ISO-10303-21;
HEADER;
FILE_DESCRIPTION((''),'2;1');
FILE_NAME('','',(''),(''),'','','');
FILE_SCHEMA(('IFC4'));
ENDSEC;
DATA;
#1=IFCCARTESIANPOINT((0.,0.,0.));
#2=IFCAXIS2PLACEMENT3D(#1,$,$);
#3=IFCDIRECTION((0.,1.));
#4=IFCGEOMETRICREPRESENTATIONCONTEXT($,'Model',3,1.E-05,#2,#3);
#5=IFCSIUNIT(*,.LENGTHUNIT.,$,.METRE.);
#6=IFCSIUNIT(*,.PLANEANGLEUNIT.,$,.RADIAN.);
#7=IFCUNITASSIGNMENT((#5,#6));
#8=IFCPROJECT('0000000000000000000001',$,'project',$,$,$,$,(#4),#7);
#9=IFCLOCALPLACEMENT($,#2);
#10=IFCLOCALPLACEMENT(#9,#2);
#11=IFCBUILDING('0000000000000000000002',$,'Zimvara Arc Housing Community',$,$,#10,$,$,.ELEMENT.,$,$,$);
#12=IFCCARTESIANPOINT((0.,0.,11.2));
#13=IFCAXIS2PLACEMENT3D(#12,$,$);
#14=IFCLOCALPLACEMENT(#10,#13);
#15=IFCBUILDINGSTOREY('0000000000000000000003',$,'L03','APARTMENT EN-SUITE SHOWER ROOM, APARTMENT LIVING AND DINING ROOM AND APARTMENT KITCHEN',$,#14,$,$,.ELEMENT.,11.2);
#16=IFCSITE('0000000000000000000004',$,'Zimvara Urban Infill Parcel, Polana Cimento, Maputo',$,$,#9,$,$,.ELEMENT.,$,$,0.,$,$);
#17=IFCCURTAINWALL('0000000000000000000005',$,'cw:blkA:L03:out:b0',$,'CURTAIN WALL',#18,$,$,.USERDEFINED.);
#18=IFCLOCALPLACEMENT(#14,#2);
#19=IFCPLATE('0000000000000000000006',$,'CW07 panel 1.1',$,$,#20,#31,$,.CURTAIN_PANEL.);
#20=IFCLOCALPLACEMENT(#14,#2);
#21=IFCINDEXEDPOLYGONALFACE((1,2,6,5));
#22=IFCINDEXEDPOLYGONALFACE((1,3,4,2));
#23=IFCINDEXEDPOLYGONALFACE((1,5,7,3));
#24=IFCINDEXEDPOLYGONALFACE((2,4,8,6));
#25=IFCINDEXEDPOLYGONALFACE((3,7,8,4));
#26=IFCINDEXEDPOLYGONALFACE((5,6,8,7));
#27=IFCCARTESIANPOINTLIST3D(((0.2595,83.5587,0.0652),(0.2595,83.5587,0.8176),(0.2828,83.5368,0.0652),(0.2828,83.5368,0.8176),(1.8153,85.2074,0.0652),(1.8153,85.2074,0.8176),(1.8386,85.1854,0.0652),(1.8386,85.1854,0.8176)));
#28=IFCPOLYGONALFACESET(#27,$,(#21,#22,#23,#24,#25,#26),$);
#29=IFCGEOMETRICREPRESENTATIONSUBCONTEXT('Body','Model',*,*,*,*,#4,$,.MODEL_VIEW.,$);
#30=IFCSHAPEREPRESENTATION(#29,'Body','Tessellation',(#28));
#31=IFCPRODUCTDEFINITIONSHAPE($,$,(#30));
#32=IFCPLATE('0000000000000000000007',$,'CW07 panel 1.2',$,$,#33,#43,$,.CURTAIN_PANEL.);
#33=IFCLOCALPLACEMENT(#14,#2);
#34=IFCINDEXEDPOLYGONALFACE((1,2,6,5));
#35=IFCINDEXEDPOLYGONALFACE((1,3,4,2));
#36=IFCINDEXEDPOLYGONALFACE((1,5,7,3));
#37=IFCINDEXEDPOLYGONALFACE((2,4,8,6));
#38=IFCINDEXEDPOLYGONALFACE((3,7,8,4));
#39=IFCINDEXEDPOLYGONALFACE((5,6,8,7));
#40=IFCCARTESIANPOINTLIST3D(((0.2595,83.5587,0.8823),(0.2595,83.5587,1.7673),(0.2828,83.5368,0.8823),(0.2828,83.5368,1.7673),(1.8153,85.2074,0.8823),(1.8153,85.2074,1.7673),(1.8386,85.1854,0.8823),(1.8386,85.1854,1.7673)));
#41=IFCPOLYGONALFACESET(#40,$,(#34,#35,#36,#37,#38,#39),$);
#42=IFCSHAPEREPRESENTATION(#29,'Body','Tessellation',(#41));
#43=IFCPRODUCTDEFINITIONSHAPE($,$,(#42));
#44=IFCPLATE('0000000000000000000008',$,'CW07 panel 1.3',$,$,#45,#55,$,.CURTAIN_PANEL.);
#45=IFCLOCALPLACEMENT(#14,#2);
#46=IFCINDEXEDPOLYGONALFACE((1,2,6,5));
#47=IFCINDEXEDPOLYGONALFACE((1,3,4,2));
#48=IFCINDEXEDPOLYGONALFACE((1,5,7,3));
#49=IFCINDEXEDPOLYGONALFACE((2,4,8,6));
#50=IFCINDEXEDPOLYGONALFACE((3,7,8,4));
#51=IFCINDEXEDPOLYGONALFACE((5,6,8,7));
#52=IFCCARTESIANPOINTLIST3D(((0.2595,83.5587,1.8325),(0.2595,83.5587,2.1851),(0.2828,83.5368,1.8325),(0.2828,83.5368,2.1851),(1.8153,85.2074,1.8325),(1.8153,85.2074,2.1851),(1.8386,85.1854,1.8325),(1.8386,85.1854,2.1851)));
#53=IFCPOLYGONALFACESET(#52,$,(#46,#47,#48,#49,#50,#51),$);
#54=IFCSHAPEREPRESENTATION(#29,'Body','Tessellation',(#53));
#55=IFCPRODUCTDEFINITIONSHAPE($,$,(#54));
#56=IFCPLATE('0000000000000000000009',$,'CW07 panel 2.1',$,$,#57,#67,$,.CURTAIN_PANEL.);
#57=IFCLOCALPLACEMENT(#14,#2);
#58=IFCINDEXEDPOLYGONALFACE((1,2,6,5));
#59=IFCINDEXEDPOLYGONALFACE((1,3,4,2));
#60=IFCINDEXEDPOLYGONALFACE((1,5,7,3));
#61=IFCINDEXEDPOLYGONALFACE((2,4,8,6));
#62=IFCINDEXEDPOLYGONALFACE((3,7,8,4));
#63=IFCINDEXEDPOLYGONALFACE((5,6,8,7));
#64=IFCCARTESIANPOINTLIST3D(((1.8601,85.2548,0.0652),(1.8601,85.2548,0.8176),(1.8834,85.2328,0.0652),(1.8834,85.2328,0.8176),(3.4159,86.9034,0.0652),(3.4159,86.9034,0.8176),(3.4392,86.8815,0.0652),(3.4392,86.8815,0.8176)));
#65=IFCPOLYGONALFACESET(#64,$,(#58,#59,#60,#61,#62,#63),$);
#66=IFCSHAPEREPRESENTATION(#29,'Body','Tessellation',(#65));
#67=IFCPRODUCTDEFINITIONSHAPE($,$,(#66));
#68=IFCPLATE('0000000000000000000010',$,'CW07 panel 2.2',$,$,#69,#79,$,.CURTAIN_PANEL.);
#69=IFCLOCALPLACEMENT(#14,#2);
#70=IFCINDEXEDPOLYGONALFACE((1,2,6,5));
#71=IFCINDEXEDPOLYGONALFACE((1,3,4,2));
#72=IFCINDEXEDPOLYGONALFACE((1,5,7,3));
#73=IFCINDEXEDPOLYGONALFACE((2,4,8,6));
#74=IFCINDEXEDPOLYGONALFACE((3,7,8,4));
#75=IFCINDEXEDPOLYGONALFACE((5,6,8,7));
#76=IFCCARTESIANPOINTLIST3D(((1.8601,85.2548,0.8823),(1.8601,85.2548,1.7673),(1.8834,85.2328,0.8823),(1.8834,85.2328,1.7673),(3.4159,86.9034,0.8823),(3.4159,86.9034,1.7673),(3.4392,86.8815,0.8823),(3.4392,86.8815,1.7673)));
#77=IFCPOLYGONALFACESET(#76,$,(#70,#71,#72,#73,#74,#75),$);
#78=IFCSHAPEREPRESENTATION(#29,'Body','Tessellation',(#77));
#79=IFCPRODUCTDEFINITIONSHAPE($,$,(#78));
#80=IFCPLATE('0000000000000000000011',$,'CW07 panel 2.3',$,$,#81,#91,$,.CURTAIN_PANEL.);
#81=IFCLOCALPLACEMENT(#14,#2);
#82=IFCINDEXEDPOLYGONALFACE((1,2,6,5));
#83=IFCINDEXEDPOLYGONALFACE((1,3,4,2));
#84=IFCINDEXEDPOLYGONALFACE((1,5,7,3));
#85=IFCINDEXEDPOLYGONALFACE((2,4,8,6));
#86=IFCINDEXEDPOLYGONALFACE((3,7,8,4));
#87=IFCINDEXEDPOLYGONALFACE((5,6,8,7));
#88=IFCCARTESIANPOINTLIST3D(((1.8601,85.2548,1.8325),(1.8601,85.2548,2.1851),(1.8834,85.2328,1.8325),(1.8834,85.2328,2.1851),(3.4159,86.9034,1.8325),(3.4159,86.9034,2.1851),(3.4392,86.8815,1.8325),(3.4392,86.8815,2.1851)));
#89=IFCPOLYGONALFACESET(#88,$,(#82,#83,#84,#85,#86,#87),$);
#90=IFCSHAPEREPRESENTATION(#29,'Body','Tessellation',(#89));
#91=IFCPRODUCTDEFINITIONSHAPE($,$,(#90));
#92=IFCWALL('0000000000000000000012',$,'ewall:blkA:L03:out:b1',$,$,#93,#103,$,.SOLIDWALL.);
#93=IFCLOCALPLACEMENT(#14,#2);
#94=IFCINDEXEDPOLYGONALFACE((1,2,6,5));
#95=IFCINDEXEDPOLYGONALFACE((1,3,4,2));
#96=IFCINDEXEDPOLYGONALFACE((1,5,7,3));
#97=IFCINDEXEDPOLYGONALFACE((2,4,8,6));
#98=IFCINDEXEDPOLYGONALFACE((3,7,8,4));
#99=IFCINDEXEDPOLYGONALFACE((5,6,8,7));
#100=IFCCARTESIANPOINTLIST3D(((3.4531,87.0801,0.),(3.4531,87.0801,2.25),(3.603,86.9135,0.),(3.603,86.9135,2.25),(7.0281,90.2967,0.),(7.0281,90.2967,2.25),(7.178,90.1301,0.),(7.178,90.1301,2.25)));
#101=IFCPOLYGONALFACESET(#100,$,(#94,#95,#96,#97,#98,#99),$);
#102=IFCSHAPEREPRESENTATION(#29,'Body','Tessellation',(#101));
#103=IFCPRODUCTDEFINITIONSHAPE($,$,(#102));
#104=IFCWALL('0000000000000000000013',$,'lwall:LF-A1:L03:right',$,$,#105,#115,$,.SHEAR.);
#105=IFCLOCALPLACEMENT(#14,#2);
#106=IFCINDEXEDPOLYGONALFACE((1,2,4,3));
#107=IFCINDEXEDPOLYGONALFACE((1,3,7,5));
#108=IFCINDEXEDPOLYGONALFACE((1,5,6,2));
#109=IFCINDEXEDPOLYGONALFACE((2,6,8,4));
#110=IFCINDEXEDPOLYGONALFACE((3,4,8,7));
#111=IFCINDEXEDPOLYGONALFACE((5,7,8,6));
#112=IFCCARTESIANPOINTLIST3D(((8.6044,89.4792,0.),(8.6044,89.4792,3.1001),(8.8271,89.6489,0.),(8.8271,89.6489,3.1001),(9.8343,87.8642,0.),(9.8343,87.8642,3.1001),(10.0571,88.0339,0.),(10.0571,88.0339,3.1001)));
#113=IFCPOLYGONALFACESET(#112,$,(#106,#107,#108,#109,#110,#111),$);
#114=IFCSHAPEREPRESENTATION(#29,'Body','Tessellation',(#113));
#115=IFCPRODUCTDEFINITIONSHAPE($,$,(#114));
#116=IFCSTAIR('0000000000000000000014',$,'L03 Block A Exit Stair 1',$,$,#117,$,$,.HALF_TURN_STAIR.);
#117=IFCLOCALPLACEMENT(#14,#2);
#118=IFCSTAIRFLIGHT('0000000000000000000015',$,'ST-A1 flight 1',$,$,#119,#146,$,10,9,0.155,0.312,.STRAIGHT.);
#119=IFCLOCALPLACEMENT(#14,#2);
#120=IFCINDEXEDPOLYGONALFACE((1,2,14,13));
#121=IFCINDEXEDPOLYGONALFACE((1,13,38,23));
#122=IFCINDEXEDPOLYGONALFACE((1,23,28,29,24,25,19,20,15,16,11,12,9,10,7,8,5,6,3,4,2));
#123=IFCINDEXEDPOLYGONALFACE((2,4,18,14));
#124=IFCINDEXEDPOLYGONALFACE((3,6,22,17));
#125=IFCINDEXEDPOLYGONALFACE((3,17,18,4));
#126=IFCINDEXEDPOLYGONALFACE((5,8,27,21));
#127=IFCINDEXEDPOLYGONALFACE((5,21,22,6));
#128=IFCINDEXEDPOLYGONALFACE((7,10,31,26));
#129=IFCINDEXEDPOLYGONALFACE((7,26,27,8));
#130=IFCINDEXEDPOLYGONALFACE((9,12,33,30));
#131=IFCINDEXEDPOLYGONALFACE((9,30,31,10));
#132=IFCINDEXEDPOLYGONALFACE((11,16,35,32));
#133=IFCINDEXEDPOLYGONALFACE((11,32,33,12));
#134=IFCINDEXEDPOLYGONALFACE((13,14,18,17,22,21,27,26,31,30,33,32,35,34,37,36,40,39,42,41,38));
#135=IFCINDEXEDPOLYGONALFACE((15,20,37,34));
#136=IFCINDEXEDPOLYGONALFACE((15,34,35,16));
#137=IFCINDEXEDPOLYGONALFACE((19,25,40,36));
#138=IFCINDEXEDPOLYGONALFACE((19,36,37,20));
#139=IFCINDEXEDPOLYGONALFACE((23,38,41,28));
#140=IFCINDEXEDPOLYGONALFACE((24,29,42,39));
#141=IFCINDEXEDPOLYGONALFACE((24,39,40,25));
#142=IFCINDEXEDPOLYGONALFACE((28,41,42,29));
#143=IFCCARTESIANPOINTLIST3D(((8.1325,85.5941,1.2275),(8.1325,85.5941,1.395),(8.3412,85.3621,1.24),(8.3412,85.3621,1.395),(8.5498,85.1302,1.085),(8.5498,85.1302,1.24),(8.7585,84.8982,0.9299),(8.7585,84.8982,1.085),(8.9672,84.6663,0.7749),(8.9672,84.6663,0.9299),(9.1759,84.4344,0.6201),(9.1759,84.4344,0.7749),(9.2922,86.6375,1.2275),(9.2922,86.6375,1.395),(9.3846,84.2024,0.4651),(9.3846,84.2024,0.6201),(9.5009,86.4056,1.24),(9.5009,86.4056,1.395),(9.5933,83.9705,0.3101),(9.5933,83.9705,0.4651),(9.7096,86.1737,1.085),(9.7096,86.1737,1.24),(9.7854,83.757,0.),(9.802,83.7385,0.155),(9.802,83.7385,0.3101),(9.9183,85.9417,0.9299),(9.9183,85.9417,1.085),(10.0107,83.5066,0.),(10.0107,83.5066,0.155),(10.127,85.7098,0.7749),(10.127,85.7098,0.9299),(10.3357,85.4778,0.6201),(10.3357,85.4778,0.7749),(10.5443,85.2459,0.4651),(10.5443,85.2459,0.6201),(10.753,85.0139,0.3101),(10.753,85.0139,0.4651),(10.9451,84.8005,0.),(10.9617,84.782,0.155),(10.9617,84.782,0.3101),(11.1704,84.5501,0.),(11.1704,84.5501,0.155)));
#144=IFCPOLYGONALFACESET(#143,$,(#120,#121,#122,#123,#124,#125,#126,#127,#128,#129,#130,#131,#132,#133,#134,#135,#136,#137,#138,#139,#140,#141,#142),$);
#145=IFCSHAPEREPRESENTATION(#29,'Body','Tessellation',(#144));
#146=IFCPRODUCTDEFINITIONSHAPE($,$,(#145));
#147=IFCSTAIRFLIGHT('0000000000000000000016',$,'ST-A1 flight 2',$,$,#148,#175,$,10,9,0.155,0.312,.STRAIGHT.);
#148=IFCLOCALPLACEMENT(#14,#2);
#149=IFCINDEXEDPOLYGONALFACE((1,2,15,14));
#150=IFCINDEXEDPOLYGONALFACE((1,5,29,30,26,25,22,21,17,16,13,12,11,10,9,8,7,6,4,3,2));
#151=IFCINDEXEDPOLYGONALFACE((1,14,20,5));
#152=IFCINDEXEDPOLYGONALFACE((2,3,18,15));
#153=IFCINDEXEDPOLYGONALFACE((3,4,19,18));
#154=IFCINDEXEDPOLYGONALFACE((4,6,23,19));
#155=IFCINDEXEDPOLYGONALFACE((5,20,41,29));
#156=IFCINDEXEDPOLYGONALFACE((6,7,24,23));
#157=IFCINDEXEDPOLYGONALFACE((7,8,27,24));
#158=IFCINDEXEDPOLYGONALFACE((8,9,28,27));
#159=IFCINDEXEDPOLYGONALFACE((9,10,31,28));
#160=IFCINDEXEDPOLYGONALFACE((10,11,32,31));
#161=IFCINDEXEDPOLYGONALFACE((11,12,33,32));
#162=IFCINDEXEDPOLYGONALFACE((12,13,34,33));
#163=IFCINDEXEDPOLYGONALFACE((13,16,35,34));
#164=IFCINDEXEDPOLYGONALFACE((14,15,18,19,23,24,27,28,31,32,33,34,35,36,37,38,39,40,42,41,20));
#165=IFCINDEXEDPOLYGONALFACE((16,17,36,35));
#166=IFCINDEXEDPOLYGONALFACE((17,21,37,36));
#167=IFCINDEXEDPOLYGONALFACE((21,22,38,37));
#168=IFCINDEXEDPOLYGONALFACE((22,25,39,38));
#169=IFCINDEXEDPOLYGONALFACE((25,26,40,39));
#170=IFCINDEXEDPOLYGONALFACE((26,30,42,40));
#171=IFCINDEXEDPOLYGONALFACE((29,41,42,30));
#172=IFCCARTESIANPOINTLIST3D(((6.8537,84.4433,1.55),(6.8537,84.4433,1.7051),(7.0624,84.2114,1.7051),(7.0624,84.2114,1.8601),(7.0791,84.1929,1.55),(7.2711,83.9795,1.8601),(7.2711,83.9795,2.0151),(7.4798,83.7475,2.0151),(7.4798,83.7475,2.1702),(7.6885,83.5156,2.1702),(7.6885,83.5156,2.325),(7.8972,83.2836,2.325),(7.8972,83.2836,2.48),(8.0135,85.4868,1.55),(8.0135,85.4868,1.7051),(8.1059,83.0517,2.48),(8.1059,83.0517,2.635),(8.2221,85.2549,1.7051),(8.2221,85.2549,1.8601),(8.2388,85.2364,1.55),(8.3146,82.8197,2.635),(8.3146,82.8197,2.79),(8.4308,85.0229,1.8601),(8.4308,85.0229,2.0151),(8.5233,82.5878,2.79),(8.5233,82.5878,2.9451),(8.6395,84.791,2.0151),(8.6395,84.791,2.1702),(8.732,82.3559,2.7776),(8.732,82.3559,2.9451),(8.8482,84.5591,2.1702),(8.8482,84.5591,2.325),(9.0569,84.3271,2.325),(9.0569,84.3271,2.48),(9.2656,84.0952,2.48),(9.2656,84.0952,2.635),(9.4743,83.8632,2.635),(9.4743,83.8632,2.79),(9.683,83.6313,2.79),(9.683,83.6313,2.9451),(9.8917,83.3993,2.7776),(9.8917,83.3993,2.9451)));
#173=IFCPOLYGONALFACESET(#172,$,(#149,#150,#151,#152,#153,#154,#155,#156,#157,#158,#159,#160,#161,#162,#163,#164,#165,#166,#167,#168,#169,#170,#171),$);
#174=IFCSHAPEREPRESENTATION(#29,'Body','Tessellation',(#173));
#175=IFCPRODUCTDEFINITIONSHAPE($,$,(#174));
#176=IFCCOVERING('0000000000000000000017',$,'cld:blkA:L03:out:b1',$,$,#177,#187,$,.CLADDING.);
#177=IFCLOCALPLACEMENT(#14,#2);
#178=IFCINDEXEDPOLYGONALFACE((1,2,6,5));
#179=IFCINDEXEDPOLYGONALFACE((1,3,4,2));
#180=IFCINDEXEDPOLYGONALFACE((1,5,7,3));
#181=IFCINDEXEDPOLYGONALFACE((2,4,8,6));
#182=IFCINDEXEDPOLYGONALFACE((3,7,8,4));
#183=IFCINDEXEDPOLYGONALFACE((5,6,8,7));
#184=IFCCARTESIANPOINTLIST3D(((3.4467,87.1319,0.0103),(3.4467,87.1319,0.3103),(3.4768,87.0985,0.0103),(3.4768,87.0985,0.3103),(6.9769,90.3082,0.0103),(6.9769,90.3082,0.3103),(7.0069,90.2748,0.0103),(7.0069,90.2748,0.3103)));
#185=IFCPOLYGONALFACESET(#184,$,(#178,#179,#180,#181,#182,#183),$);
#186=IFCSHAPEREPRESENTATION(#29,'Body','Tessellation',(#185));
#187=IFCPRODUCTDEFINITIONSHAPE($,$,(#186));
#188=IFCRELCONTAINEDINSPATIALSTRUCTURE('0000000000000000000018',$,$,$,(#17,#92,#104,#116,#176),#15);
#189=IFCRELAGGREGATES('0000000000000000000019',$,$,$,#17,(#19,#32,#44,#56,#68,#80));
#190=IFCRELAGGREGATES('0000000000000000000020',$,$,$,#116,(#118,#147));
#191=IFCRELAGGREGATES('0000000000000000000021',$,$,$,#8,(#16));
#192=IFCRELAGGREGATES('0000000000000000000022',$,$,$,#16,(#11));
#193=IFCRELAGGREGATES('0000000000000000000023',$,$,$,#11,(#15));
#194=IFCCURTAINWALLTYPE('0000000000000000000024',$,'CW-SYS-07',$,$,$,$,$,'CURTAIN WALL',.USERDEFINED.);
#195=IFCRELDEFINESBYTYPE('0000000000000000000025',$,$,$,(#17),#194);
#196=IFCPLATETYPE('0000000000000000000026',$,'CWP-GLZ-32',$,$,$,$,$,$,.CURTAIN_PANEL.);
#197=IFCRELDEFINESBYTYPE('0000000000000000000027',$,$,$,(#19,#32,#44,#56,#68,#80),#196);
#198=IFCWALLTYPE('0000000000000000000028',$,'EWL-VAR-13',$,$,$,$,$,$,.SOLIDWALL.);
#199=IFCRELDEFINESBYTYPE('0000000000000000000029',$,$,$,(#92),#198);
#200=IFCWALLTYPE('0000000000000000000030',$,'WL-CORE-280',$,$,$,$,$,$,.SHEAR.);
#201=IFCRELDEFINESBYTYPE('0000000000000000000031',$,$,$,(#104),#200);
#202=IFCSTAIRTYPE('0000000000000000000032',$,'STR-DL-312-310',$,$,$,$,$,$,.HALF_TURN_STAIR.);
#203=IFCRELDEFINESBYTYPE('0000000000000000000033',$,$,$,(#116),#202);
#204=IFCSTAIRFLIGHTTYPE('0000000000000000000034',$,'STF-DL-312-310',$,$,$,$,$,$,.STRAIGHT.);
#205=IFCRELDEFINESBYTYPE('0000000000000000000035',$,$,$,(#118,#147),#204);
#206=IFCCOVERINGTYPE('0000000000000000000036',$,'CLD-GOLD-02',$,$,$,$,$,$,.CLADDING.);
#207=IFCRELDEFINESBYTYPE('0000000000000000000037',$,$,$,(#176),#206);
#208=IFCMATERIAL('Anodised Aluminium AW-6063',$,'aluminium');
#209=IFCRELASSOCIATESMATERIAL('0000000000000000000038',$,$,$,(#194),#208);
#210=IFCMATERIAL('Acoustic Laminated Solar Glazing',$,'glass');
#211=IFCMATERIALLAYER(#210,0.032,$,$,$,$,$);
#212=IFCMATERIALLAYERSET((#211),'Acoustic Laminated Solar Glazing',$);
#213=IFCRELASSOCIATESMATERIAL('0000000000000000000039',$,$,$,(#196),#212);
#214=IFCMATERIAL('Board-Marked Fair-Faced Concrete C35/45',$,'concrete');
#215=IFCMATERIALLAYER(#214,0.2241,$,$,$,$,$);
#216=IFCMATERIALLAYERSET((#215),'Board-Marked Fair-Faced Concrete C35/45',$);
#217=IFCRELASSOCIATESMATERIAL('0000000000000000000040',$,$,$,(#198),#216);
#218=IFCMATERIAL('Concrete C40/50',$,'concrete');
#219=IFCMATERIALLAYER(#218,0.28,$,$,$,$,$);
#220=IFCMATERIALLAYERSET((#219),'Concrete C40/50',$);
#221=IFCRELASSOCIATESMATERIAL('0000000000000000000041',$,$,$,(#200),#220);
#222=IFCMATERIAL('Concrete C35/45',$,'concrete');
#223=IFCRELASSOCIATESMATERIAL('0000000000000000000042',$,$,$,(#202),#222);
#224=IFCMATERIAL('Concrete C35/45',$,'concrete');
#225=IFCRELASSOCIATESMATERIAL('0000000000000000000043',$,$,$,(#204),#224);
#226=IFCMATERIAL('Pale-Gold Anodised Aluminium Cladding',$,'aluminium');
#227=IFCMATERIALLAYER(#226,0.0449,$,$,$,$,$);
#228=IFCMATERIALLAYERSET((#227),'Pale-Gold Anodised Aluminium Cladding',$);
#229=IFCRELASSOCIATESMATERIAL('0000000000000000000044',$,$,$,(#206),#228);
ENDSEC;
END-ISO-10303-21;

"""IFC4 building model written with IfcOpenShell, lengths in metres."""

from ifc_helpers import new_model, si_unit, direction, frame, frame_2d, origin, origin_2d, place, context, subcontext, project, spatial, polyline, rectangle, outline, extrude, material, layer, layer_set, type_object, element, aggregate, save


model = new_model("IFC4")

# Units and contexts
model_context = context("Model", 3, precision=1e-05, world=origin(), true_north=direction((0.0, 1.0)))
body_context = subcontext(model_context, "Body", "Model", "MODEL_VIEW")
ifc_project = project(units=[si_unit("LENGTHUNIT", "METRE"), si_unit("PLANEANGLEUNIT", "RADIAN")], contexts=[model_context])

# Site, building, storey
site_placement = place(None, origin())
site = spatial("IfcSite", under=ifc_project, at=site_placement, Name="Zimvara Urban Infill Parcel, Polana Cimento, Maputo", CompositionType="ELEMENT", RefElevation=0.0)
building_placement = place(site_placement, origin())
building = spatial("IfcBuilding", under=site, at=building_placement, Name="Zimvara Arc Housing Community", CompositionType="ELEMENT")
storey_placement = place(building_placement, frame((0.0, 0.0, 11.2)))
storey = spatial("IfcBuildingStorey", under=building, at=storey_placement, Name="L03", Description="APARTMENT EN-SUITE SHOWER ROOM, APARTMENT LIVING AND DINING ROOM AND APARTMENT KITCHEN", CompositionType="ELEMENT", Elevation=11.2)

# Curtain wall, plates
ifc_material_1 = material(Name="Anodised Aluminium AW-6063", Category="aluminium")
curtain_wall_type = type_object("IfcCurtainWallType", Name="CW-SYS-07", ElementType="CURTAIN WALL", PredefinedType="USERDEFINED", material=ifc_material_1)
curtain_wall_placement = place(storey_placement, origin())
curtain_wall = element("IfcCurtainWall", 1, at=curtain_wall_placement, inside=storey, type_object=curtain_wall_type, Name="cw:blkA:L03:out:b0", ObjectType="CURTAIN WALL", PredefinedType="USERDEFINED")
ifc_material_2 = material(Name="Acoustic Laminated Solar Glazing", Category="glass")
ifc_layer_1 = layer(ifc_material_2, 0.032)
ifc_layer_set_1 = layer_set([ifc_layer_1], Name="Acoustic Laminated Solar Glazing")
plate_type = type_object("IfcPlateType", Name="CWP-GLZ-32", PredefinedType="CURTAIN_PANEL", material=ifc_layer_set_1)
plate_1_placement = place(storey_placement, frame((1.0491, 84.3721, 0.0652), z_axis=(0.0, 0.0, 1.0), x_axis=(0.686326, 0.727294, 0.0)))
plate_1 = element("IfcPlate", 2, at=plate_1_placement, type_object=plate_type, Name="CW07 panel 1.1", PredefinedType="CURTAIN_PANEL", context=body_context, shape_type="SweptSolid", body=[
    extrude(rectangle(XDim=2.2668, YDim=0.032, at=origin_2d()), origin(), (0.0, 0.0, 1.0), 0.7524),
])
plate_2_placement = place(storey_placement, frame((1.0491, 84.3721, 0.8823), z_axis=(0.0, 0.0, 1.0), x_axis=(0.686326, 0.727294, 0.0)))
plate_2 = element("IfcPlate", 3, at=plate_2_placement, type_object=plate_type, Name="CW07 panel 1.2", PredefinedType="CURTAIN_PANEL", context=body_context, shape_type="SweptSolid", body=[
    extrude(rectangle(XDim=2.2668, YDim=0.032, at=origin_2d()), origin(), (0.0, 0.0, 1.0), 0.885),
])
plate_3_placement = place(storey_placement, frame((1.0491, 84.3721, 1.8325), z_axis=(0.0, 0.0, 1.0), x_axis=(0.686326, 0.727294, 0.0)))
plate_3 = element("IfcPlate", 4, at=plate_3_placement, type_object=plate_type, Name="CW07 panel 1.3", PredefinedType="CURTAIN_PANEL", context=body_context, shape_type="SweptSolid", body=[
    extrude(rectangle(XDim=2.2668, YDim=0.032, at=origin_2d()), origin(), (0.0, 0.0, 1.0), 0.3525),
])
plate_4_placement = place(storey_placement, frame((2.6497, 86.0681, 0.0652), z_axis=(0.0, 0.0, 1.0), x_axis=(0.686326, 0.727294, 0.0)))
plate_4 = element("IfcPlate", 5, at=plate_4_placement, type_object=plate_type, Name="CW07 panel 2.1", PredefinedType="CURTAIN_PANEL", context=body_context, shape_type="SweptSolid", body=[
    extrude(rectangle(XDim=2.2668, YDim=0.032, at=origin_2d()), origin(), (0.0, 0.0, 1.0), 0.7524),
])
plate_5_placement = place(storey_placement, frame((2.6497, 86.0681, 0.8823), z_axis=(0.0, 0.0, 1.0), x_axis=(0.686326, 0.727294, 0.0)))
plate_5 = element("IfcPlate", 6, at=plate_5_placement, type_object=plate_type, Name="CW07 panel 2.2", PredefinedType="CURTAIN_PANEL", context=body_context, shape_type="SweptSolid", body=[
    extrude(rectangle(XDim=2.2668, YDim=0.032, at=origin_2d()), origin(), (0.0, 0.0, 1.0), 0.885),
])
plate_6_placement = place(storey_placement, frame((2.6497, 86.0681, 1.8325), z_axis=(0.0, 0.0, 1.0), x_axis=(0.686326, 0.727294, 0.0)))
plate_6 = element("IfcPlate", 7, at=plate_6_placement, type_object=plate_type, Name="CW07 panel 2.3", PredefinedType="CURTAIN_PANEL", context=body_context, shape_type="SweptSolid", body=[
    extrude(rectangle(XDim=2.2668, YDim=0.032, at=origin_2d()), origin(), (0.0, 0.0, 1.0), 0.3525),
])
aggregate(curtain_wall, [plate_1, plate_2, plate_3, plate_4, plate_5, plate_6])

# Walls
ifc_material_3 = material(Name="Board-Marked Fair-Faced Concrete C35/45", Category="concrete")
ifc_layer_2 = layer(ifc_material_3, 0.2241)
ifc_layer_set_2 = layer_set([ifc_layer_2], Name="Board-Marked Fair-Faced Concrete C35/45")
wall_type_1 = type_object("IfcWallType", Name="EWL-VAR-13", PredefinedType="SOLIDWALL", material=ifc_layer_set_2)
wall_1_placement = place(storey_placement, frame((3.5281, 86.9968, 0.0), z_axis=(0.0, 0.0, 1.0), x_axis=(0.743388, 0.668861, 0.0)))
element("IfcWall", 8, at=wall_1_placement, inside=storey, type_object=wall_type_1, Name="ewall:blkA:L03:out:b1", PredefinedType="SOLIDWALL", context=body_context, shape_type="SweptSolid", body=[
    extrude(rectangle(XDim=4.8091, YDim=0.2241, at=frame_2d((2.4045, 0.0))), origin(), (0.0, 0.0, 1.0), 2.25),
])
ifc_material_4 = material(Name="Concrete C40/50", Category="concrete")
ifc_layer_3 = layer(ifc_material_4, 0.28)
ifc_layer_set_3 = layer_set([ifc_layer_3], Name="Concrete C40/50")
wall_type_2 = type_object("IfcWallType", Name="WL-CORE-280", PredefinedType="SHEAR", material=ifc_layer_set_3)
wall_2_placement = place(storey_placement, frame((9.9458, 87.949, 0.0), z_axis=(0.0, 0.0, 1.0), x_axis=(-0.605891, 0.795548, 0.0)))
element("IfcWall", 9, at=wall_2_placement, inside=storey, type_object=wall_type_2, Name="lwall:LF-A1:L03:right", PredefinedType="SHEAR", context=body_context, shape_type="SweptSolid", body=[
    extrude(rectangle(XDim=2.03, YDim=0.28, at=frame_2d((1.0151, 0.0))), origin(), (0.0, 0.0, 1.0), 3.1001),
])

# Stair, stair flights
ifc_material_5 = material(Name="Concrete C35/45", Category="concrete")
stair_type = type_object("IfcStairType", Name="STR-DL-312-310", PredefinedType="HALF_TURN_STAIR", material=ifc_material_5)
stair_placement = place(storey_placement, origin())
stair = element("IfcStair", 10, at=stair_placement, inside=storey, type_object=stair_type, Name="L03 Block A Exit Stair 1", PredefinedType="HALF_TURN_STAIR")
ifc_material_6 = material(Name="Concrete C35/45", Category="concrete")
stair_flight_type = type_object("IfcStairFlightType", Name="STF-DL-312-310", PredefinedType="STRAIGHT", material=ifc_material_6)
stair_flight_1_placement = place(storey_placement, frame((10.5906, 84.0283, 0.0), z_axis=(0.0, 0.0, 1.0), x_axis=(-0.668871, 0.743378, 0.0)))
stair_flight_1 = element("IfcStairFlight", 11, at=stair_flight_1_placement, type_object=stair_flight_type, Name="ST-A1 flight 1", NumberOfRisers=10, NumberOfTreads=9, PredefinedType="STRAIGHT", RiserHeight=0.155, TreadLength=0.312, context=body_context, shape_type="SweptSolid", body=[
    extrude(outline(polyline([(0.0, 0.0), (0.0, 0.155), (0.312, 0.155), (0.312, 0.3101), (0.624, 0.3101), (0.624, 0.4651), (0.936, 0.4651), (0.936, 0.6201), (1.248, 0.6201), (1.248, 0.7749), (1.5601, 0.7749), (1.5601, 0.9299), (1.8721, 0.9299), (1.8721, 1.085), (2.1841, 1.085), (2.1841, 1.24), (2.4961, 1.24), (2.4961, 1.395), (2.8081, 1.395), (2.8081, 1.55), (2.8081, 1.2275), (0.3369, 0.0), (0.0, 0.0)])), frame((0.0, 0.78, 0.0), z_axis=(0.0, -1.0, 0.0), x_axis=(1.0, 0.0, 0.0)), (0.0, 0.0, 1.0), 1.5601),
])
stair_flight_2_placement = place(storey_placement, frame((7.4336, 84.9651, 1.55), z_axis=(0.0, 0.0, 1.0), x_axis=(0.668871, -0.743378, 0.0)))
stair_flight_2 = element("IfcStairFlight", 12, at=stair_flight_2_placement, type_object=stair_flight_type, Name="ST-A1 flight 2", NumberOfRisers=10, NumberOfTreads=9, PredefinedType="STRAIGHT", RiserHeight=0.155, TreadLength=0.312, context=body_context, shape_type="SweptSolid", body=[
    extrude(outline(polyline([(0.0, 0.0), (0.0, 0.155), (0.312, 0.155), (0.312, 0.3101), (0.624, 0.3101), (0.624, 0.4651), (0.936, 0.4651), (0.936, 0.6201), (1.248, 0.6201), (1.248, 0.7749), (1.5601, 0.7749), (1.5601, 0.9299), (1.8721, 0.9299), (1.8721, 1.085), (2.1841, 1.085), (2.1841, 1.24), (2.4961, 1.24), (2.4961, 1.395), (2.8081, 1.395), (2.8081, 1.55), (2.8081, 1.2275), (0.3369, 0.0), (0.0, 0.0)])), frame((0.0, 0.78, 0.0), z_axis=(0.0, -1.0, 0.0), x_axis=(1.0, 0.0, 0.0)), (0.0, 0.0, 1.0), 1.5601),
])
aggregate(stair, [stair_flight_1, stair_flight_2])

# Covering
ifc_material_7 = material(Name="Pale-Gold Anodised Aluminium Cladding", Category="aluminium")
ifc_layer_4 = layer(ifc_material_7, 0.0449)
ifc_layer_set_4 = layer_set([ifc_layer_4], Name="Pale-Gold Anodised Aluminium Cladding")
covering_type = type_object("IfcCoveringType", Name="CLD-GOLD-02", PredefinedType="CLADDING", material=ifc_layer_set_4)
covering_placement = place(storey_placement, frame((5.2268, 88.7034, 0.0103), z_axis=(0.0, 0.0, 1.0), x_axis=(0.743377, 0.668872, 0.0)))
element("IfcCovering", 13, at=covering_placement, inside=storey, type_object=covering_type, Name="cld:blkA:L03:out:b1", PredefinedType="CLADDING", context=body_context, shape_type="SweptSolid", body=[
    extrude(rectangle(XDim=4.7488, YDim=0.0449, at=origin_2d()), origin(), (0.0, 0.0, 1.0), 0.3),
])

save(model, "model.ifc")
